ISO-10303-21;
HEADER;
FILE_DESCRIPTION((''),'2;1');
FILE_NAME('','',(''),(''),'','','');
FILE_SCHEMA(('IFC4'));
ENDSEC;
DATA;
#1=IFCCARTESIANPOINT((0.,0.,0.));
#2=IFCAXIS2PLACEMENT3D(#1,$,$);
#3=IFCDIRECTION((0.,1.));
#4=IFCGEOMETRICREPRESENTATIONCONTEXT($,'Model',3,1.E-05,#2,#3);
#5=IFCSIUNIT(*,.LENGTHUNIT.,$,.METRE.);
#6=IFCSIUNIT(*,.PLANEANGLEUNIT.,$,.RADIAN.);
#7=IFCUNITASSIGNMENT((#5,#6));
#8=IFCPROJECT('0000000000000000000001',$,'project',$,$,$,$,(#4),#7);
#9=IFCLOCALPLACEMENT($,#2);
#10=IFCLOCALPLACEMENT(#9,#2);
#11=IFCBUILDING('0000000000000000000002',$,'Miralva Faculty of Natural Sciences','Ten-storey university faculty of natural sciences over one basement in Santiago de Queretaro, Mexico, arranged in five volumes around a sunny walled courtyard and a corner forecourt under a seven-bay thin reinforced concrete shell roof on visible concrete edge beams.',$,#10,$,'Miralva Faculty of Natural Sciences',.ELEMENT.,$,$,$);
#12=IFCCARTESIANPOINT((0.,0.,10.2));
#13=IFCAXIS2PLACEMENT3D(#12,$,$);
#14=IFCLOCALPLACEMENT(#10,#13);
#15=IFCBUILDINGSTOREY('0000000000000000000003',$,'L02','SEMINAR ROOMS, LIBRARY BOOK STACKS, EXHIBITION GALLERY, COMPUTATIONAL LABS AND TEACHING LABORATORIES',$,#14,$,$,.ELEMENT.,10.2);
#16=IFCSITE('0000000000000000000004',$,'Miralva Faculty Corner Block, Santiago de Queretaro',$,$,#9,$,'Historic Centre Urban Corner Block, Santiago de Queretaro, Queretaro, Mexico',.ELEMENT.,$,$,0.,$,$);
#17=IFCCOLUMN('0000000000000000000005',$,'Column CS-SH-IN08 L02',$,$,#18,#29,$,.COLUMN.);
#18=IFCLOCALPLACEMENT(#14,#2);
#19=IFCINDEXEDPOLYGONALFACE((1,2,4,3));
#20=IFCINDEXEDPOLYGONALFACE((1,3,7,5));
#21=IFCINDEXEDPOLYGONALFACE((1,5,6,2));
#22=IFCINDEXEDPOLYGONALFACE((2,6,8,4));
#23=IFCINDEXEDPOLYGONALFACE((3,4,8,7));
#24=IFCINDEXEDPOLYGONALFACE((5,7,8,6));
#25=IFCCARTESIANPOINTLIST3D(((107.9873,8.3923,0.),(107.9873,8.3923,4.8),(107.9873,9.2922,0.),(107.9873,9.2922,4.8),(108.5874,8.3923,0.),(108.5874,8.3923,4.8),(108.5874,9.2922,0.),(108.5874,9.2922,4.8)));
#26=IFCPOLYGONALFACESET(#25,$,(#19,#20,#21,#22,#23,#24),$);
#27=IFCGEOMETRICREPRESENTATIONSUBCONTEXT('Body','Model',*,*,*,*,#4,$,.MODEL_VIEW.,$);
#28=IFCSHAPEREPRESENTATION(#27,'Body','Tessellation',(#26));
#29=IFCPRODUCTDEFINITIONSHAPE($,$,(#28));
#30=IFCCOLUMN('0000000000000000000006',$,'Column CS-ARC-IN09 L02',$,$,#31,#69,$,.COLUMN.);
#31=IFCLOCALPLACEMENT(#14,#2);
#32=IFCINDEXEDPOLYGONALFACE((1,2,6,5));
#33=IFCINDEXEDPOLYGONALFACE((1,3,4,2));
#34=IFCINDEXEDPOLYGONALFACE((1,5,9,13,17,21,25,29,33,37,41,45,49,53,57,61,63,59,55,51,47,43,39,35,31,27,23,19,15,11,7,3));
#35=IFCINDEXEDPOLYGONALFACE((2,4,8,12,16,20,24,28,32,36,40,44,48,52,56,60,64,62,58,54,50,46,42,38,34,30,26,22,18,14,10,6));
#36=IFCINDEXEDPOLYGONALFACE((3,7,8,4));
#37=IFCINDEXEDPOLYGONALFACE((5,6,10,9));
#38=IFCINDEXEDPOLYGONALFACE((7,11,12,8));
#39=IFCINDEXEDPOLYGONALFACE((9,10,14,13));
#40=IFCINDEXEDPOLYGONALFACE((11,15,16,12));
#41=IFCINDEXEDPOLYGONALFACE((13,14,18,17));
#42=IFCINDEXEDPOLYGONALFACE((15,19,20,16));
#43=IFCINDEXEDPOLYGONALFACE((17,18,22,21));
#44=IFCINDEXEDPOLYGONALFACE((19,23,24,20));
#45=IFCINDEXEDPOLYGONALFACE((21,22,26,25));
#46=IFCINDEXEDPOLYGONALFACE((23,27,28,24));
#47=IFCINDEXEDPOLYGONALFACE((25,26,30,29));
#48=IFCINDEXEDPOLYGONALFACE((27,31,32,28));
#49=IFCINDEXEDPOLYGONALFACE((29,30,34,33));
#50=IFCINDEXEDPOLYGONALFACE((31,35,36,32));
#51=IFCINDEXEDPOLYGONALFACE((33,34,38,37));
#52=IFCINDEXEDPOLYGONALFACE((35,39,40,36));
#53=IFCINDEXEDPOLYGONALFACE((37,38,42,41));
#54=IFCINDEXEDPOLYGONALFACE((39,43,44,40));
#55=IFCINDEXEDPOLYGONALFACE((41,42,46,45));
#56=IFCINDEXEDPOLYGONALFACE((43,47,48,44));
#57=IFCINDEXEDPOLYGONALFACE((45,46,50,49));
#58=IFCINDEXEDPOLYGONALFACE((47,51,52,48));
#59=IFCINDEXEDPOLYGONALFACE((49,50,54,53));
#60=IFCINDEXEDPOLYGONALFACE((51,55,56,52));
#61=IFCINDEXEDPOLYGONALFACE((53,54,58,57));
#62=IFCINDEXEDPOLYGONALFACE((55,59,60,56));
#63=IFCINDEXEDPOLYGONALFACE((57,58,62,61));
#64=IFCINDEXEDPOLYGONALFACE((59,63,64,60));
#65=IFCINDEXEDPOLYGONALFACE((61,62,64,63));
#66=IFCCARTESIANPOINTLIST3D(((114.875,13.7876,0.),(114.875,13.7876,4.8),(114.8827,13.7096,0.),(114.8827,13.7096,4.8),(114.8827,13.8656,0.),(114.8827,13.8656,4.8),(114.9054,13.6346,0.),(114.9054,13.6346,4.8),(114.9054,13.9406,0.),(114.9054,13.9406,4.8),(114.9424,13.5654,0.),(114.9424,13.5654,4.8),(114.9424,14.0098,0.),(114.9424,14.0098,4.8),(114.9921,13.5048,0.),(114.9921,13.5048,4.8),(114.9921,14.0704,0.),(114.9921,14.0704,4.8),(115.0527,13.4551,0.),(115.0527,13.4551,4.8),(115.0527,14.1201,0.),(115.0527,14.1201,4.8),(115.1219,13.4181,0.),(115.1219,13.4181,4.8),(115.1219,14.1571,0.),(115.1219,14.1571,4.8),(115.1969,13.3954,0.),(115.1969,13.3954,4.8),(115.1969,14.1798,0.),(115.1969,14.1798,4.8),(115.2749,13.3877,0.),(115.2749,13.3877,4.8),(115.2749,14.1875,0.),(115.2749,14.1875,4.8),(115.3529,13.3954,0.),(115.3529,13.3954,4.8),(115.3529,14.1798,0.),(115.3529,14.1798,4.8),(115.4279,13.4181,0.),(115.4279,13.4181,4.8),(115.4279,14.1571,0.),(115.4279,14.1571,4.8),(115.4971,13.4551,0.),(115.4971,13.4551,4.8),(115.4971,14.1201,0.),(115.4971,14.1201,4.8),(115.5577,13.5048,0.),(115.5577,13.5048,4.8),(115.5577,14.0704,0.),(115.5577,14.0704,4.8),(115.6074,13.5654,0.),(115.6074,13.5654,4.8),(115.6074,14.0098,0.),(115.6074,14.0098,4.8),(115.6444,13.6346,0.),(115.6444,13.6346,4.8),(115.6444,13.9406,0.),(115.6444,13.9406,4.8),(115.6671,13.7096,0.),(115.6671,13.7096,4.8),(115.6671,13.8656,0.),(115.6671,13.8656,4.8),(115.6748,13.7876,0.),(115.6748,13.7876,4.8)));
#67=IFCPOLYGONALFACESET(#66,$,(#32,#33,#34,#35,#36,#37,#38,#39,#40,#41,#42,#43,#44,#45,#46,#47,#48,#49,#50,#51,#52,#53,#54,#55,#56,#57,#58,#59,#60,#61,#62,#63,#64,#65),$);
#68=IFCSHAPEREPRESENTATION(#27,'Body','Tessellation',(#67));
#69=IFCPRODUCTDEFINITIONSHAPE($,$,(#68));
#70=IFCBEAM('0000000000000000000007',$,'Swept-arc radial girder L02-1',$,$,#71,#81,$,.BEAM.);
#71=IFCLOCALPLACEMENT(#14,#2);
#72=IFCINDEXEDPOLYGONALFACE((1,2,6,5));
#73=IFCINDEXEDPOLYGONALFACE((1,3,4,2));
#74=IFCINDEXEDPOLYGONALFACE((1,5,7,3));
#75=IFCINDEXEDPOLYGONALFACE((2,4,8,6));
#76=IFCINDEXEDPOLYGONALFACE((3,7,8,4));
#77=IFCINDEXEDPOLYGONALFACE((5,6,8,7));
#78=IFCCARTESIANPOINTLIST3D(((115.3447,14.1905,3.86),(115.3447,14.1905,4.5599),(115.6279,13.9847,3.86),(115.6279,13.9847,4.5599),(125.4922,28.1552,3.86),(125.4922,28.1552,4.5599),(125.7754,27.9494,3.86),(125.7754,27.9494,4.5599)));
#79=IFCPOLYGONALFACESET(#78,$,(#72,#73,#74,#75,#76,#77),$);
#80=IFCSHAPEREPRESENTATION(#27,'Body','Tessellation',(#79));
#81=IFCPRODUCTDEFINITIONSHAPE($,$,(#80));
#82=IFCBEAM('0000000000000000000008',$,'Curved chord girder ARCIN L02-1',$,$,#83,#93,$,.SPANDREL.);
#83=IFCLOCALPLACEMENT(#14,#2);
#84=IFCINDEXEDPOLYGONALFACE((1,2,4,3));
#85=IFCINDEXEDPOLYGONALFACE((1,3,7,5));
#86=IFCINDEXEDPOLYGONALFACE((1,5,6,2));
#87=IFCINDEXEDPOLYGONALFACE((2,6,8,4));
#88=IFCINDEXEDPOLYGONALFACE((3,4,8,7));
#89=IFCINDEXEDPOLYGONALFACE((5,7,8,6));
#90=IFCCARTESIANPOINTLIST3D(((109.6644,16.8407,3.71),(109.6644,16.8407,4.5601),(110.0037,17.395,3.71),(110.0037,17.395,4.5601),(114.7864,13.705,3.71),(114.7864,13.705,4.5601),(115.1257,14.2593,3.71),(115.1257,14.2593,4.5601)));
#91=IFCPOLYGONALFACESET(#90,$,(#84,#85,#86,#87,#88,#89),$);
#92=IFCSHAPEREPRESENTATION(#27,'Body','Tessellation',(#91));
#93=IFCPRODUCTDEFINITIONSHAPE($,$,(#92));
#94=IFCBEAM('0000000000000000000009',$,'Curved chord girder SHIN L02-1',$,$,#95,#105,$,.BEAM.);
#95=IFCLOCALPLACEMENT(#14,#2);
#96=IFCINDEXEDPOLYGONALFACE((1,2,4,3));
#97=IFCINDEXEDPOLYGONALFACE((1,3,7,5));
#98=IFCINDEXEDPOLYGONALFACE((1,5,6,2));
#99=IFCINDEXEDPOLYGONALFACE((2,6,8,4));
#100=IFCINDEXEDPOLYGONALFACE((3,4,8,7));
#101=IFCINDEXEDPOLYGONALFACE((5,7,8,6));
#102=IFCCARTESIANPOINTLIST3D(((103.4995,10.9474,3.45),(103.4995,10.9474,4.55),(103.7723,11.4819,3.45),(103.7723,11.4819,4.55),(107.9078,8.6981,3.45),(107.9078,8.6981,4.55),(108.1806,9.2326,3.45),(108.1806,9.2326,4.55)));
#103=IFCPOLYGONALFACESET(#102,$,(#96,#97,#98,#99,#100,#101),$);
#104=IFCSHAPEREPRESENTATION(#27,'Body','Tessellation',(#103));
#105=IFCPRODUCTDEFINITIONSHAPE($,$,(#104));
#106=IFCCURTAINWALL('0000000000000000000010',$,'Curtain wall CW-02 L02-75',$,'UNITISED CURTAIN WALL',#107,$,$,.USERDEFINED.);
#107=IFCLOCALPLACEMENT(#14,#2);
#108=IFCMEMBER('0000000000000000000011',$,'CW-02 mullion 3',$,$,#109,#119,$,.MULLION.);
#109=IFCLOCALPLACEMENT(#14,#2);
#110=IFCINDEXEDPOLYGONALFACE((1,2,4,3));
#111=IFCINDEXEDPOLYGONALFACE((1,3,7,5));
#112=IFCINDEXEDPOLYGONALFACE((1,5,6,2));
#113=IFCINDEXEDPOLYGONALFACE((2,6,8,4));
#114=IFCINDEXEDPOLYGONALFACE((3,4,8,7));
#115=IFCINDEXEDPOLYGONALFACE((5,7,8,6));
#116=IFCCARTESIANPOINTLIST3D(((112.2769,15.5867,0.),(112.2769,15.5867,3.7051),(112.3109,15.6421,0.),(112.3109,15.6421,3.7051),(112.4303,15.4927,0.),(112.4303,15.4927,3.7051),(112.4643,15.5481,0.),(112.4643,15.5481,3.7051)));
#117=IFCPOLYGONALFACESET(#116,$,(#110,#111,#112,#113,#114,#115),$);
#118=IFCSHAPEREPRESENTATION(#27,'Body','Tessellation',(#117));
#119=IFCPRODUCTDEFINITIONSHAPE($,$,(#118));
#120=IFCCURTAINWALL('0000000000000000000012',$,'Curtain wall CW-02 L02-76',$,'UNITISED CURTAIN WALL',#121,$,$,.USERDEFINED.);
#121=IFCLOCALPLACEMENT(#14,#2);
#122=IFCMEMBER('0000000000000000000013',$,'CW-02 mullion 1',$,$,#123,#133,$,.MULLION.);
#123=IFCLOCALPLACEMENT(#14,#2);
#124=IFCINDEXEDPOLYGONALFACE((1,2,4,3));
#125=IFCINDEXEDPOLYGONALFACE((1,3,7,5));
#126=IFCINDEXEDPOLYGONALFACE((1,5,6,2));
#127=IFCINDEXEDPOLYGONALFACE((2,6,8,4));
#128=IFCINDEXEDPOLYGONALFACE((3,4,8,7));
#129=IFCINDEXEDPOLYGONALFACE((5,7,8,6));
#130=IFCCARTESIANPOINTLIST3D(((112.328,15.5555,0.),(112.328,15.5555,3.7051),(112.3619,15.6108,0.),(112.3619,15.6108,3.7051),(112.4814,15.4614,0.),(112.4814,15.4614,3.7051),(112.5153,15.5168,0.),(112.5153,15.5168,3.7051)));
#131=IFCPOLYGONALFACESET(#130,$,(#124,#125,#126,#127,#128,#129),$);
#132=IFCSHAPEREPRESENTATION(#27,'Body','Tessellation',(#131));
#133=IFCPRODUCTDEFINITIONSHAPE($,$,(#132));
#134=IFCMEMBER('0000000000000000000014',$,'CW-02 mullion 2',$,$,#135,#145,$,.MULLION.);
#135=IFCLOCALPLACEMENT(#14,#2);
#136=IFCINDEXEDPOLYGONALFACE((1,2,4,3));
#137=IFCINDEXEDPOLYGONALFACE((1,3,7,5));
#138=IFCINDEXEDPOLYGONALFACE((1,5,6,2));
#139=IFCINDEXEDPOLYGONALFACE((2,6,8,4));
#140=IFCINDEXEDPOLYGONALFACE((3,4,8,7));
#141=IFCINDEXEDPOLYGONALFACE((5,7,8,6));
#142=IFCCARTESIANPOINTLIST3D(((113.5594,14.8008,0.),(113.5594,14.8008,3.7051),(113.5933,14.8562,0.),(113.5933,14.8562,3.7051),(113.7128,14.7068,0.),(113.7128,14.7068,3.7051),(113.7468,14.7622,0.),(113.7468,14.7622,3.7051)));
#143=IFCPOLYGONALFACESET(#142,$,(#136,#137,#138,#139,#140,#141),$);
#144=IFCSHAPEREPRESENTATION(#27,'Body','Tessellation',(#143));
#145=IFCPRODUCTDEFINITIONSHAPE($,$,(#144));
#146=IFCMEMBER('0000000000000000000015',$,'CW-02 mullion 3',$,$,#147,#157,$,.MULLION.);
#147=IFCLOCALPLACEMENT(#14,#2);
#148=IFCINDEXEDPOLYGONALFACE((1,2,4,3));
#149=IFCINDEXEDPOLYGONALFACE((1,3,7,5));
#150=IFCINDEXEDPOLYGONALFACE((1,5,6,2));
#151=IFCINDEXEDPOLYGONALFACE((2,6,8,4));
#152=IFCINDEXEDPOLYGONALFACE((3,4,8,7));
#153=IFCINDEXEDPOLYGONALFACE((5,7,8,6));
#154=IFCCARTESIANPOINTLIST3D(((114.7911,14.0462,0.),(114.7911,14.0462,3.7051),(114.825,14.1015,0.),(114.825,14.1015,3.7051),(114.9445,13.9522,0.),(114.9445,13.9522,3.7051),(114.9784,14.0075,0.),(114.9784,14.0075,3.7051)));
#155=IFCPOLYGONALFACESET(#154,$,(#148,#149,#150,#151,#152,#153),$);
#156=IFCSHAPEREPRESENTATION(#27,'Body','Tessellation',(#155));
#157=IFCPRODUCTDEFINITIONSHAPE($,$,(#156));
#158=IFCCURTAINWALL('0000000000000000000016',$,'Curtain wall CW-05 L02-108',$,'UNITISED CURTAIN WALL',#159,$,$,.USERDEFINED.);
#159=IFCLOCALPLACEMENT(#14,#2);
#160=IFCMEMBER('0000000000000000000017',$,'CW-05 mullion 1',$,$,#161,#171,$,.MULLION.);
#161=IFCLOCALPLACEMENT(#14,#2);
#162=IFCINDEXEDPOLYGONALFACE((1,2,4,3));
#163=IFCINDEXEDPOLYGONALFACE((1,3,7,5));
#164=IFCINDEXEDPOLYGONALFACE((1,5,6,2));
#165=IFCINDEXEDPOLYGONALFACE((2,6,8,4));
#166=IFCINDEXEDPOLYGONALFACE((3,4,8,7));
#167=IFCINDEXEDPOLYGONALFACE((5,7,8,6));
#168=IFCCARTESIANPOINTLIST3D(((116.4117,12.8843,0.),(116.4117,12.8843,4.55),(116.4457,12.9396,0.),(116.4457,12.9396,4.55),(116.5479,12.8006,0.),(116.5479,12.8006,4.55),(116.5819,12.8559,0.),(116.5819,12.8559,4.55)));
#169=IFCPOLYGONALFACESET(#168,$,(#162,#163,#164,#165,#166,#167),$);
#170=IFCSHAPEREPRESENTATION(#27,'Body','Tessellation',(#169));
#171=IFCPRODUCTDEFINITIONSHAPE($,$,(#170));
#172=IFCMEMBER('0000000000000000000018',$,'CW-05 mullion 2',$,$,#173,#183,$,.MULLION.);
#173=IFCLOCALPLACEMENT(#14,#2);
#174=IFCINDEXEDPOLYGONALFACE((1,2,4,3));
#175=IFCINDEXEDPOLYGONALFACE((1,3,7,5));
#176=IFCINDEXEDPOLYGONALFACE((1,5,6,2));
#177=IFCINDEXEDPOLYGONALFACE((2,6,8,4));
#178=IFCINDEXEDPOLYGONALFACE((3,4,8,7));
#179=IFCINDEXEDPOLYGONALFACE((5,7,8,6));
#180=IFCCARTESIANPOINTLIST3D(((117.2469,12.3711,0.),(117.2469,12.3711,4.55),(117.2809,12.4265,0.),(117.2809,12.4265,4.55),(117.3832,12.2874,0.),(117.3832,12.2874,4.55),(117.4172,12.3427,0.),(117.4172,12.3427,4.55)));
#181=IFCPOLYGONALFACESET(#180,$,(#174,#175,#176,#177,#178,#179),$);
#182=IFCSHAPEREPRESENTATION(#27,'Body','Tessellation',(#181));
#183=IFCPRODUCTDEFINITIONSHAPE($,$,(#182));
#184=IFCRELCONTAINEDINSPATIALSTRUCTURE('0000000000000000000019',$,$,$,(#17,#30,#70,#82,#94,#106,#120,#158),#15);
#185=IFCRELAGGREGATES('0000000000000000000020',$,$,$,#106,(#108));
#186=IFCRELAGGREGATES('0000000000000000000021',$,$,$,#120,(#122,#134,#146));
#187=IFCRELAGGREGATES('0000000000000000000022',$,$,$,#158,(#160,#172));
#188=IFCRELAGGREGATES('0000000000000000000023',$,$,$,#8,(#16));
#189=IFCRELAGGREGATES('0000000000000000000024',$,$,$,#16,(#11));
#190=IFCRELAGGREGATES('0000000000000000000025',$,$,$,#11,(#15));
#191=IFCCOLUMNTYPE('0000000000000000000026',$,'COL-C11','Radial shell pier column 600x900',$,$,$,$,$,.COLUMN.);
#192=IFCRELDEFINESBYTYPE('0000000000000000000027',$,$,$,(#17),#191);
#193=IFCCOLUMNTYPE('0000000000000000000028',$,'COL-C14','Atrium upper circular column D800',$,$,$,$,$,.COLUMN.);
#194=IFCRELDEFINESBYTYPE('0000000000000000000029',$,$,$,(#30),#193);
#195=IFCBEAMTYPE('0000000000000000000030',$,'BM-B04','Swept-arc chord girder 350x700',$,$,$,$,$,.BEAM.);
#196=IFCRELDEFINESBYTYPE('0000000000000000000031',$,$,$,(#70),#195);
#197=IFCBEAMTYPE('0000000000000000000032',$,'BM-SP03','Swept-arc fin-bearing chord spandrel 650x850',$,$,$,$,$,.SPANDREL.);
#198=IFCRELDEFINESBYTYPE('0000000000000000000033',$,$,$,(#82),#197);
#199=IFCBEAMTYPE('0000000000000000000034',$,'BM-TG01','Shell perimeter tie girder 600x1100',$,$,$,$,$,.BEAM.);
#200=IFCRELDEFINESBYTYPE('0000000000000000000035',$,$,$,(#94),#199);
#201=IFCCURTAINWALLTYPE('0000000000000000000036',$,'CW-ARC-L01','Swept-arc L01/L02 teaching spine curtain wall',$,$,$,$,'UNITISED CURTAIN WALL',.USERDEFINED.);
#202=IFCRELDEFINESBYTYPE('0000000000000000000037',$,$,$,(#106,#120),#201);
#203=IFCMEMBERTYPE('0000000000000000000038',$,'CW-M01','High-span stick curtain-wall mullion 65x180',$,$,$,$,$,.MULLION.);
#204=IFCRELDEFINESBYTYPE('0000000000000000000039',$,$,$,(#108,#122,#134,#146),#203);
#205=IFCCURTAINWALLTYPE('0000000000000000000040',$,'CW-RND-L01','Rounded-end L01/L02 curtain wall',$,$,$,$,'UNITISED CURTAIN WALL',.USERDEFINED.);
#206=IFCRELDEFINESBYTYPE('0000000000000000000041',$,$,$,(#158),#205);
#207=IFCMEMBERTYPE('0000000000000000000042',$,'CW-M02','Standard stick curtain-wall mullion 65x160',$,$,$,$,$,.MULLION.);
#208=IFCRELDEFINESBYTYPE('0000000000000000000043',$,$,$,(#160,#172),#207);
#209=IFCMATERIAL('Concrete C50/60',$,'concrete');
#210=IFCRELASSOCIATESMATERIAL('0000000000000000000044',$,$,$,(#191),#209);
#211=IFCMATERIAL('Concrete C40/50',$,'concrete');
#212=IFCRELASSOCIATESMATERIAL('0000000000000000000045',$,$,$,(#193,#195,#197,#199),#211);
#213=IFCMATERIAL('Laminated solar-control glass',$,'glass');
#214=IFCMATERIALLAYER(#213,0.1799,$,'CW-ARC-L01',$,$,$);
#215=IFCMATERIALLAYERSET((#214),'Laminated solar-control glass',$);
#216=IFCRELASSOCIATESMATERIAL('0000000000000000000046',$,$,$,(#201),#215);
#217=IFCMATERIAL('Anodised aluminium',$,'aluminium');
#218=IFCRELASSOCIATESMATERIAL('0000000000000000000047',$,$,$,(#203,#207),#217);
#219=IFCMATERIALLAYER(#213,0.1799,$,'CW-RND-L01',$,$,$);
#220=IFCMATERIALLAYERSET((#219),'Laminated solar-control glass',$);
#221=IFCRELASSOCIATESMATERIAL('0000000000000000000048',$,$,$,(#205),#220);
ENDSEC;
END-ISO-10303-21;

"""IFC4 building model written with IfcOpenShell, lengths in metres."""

from ifc_helpers import new_model, si_unit, direction, frame, origin, origin_2d, place, context, subcontext, project, spatial, rectangle, circle, extrude, material, layer, layer_set, material_profile, profile_set, type_object, element, aggregate, save


model = new_model("IFC4")

# Units and contexts
model_context = context("Model", 3, precision=1e-05, world=origin(), true_north=direction((0.0, 1.0)))
body_context = subcontext(model_context, "Body", "Model", "MODEL_VIEW")
ifc_project = project(units=[si_unit("LENGTHUNIT", "METRE"), si_unit("PLANEANGLEUNIT", "RADIAN")], contexts=[model_context])

# Site, building, storey
site_placement = place(None, origin())
site = spatial("IfcSite", under=ifc_project, at=site_placement, Name="Miralva Faculty Corner Block, Santiago de Queretaro", LongName="Historic Centre Urban Corner Block, Santiago de Queretaro, Queretaro, Mexico", CompositionType="ELEMENT", RefElevation=0.0)
building_placement = place(site_placement, origin())
building = spatial("IfcBuilding", under=site, at=building_placement, Name="Miralva Faculty of Natural Sciences", Description="Ten-storey university faculty of natural sciences over one basement in Santiago de Queretaro, Mexico, arranged in five volumes around a sunny walled courtyard and a corner forecourt under a seven-bay thin reinforced concrete shell roof on visible concrete edge beams.", LongName="Miralva Faculty of Natural Sciences", CompositionType="ELEMENT")
storey_placement = place(building_placement, frame((0.0, 0.0, 10.2)))
storey = spatial("IfcBuildingStorey", under=building, at=storey_placement, Name="L02", Description="SEMINAR ROOMS, LIBRARY BOOK STACKS, EXHIBITION GALLERY, COMPUTATIONAL LABS AND TEACHING LABORATORIES", CompositionType="ELEMENT", Elevation=10.2)

# Columns
ifc_material_1 = material(Name="Concrete C50/60", Category="concrete")
ifc_material_profile_1 = material_profile(ifc_material_1, rectangle(XDim=0.6001, YDim=0.8999, at=origin_2d()), Name="RC 600x900")
ifc_profile_set_1 = profile_set([ifc_material_profile_1], Name="Concrete C50/60")
column_type_1 = type_object("IfcColumnType", Name="COL-C11", Description="Radial shell pier column 600x900", PredefinedType="COLUMN", material=ifc_profile_set_1)
column_1_placement = place(storey_placement, frame((108.2874, 8.8423, 0.0), z_axis=(0.0, 0.0, 1.0), x_axis=(1.0, 0.0, 0.0)))
element("IfcColumn", 1, at=column_1_placement, inside=storey, type_object=column_type_1, Name="Column CS-SH-IN08 L02", PredefinedType="COLUMN", context=body_context, shape_type="SweptSolid", body=[
    extrude(rectangle(XDim=0.6001, YDim=0.8999, at=origin_2d()), origin(), (0.0, 0.0, 1.0), 4.8),
])
ifc_material_2 = material(Name="Concrete C40/50", Category="concrete")
ifc_material_profile_2 = material_profile(ifc_material_2, circle(Radius=0.3999, at=origin_2d()), Name="RC DIA 800")
ifc_profile_set_2 = profile_set([ifc_material_profile_2], Name="Concrete C40/50")
column_type_2 = type_object("IfcColumnType", Name="COL-C14", Description="Atrium upper circular column D800", PredefinedType="COLUMN", material=ifc_profile_set_2)
column_2_placement = place(storey_placement, frame((115.2749, 13.7876, 0.0), z_axis=(0.0, 0.0, 1.0), x_axis=(1.0, 0.0, 0.0)))
element("IfcColumn", 2, at=column_2_placement, inside=storey, type_object=column_type_2, Name="Column CS-ARC-IN09 L02", PredefinedType="COLUMN", context=body_context, shape_type="SweptSolid", body=[
    extrude(circle(Radius=0.3999, at=origin_2d()), origin(), (0.0, 0.0, 1.0), 4.8),
])

# Beams
ifc_material_profile_3 = material_profile(ifc_material_2, rectangle(XDim=0.3501, YDim=0.7, at=origin_2d()), Name="RC 350x700")
ifc_profile_set_3 = profile_set([ifc_material_profile_3], Name="Concrete C40/50")
beam_type_1 = type_object("IfcBeamType", Name="BM-B04", Description="Swept-arc chord girder 350x700", PredefinedType="BEAM", material=ifc_profile_set_3)
beam_1_placement = place(storey_placement, frame((115.4863, 14.0876, 4.21), z_axis=(0.587845, 0.808973, 0.0), x_axis=(-0.808973, 0.587845, 0.0)))
element("IfcBeam", 3, at=beam_1_placement, inside=storey, type_object=beam_type_1, Name="Swept-arc radial girder L02-1", PredefinedType="BEAM", context=body_context, shape_type="SweptSolid", body=[
    extrude(rectangle(XDim=0.3501, YDim=0.7, at=origin_2d()), origin(), (0.0, 0.0, 1.0), 17.2622),
])
ifc_material_profile_4 = material_profile(ifc_material_2, rectangle(XDim=0.6499, YDim=0.8501, at=origin_2d()), Name="RC 650x850")
ifc_profile_set_4 = profile_set([ifc_material_profile_4], Name="Concrete C40/50")
beam_type_2 = type_object("IfcBeamType", Name="BM-SP03", Description="Swept-arc fin-bearing chord spandrel 650x850", PredefinedType="SPANDREL", material=ifc_profile_set_4)
beam_2_placement = place(storey_placement, frame((114.9561, 13.9822, 4.135), z_axis=(-0.852868, 0.522127, 0.0), x_axis=(-0.522127, -0.852868, 0.0)))
element("IfcBeam", 4, at=beam_2_placement, inside=storey, type_object=beam_type_2, Name="Curved chord girder ARCIN L02-1", PredefinedType="SPANDREL", context=body_context, shape_type="SweptSolid", body=[
    extrude(rectangle(XDim=0.6499, YDim=0.8501, at=origin_2d()), origin(), (0.0, 0.0, 1.0), 6.0056),
])
ifc_material_profile_5 = material_profile(ifc_material_2, rectangle(XDim=0.6001, YDim=1.1001, at=origin_2d()), Name="RC 600x1100")
ifc_profile_set_5 = profile_set([ifc_material_profile_5], Name="Concrete C40/50")
beam_type_3 = type_object("IfcBeamType", Name="BM-TG01", Description="Shell perimeter tie girder 600x1100", PredefinedType="BEAM", material=ifc_profile_set_5)
beam_3_placement = place(storey_placement, frame((108.0442, 8.9653, 4.0), z_axis=(-0.890747, 0.4545, 0.0), x_axis=(-0.4545, -0.890747, 0.0)))
element("IfcBeam", 5, at=beam_3_placement, inside=storey, type_object=beam_type_3, Name="Curved chord girder SHIN L02-1", PredefinedType="BEAM", context=body_context, shape_type="SweptSolid", body=[
    extrude(rectangle(XDim=0.6001, YDim=1.1001, at=origin_2d()), origin(), (0.0, 0.0, 1.0), 4.949),
])

# Curtain wall, member
ifc_material_3 = material(Name="Laminated solar-control glass", Category="glass")
ifc_layer_1 = layer(ifc_material_3, 0.1799, Name="CW-ARC-L01")
ifc_layer_set_1 = layer_set([ifc_layer_1], Name="Laminated solar-control glass")
curtain_wall_type_1 = type_object("IfcCurtainWallType", Name="CW-ARC-L01", Description="Swept-arc L01/L02 teaching spine curtain wall", ElementType="UNITISED CURTAIN WALL", PredefinedType="USERDEFINED", material=ifc_layer_set_1)
curtain_wall_1_placement = place(storey_placement, origin())
curtain_wall_1 = element("IfcCurtainWall", 6, at=curtain_wall_1_placement, inside=storey, type_object=curtain_wall_type_1, Name="Curtain wall CW-02 L02-75", ObjectType="UNITISED CURTAIN WALL", PredefinedType="USERDEFINED")
ifc_material_4 = material(Name="Anodised aluminium", Category="aluminium")
ifc_material_profile_6 = material_profile(ifc_material_4, rectangle(XDim=0.0649, YDim=0.1799, at=origin_2d()), Name="MULLION 65x180")
ifc_profile_set_6 = profile_set([ifc_material_profile_6], Name="Anodised aluminium")
member_type_1 = type_object("IfcMemberType", Name="CW-M01", Description="High-span stick curtain-wall mullion 65x180", PredefinedType="MULLION", material=ifc_profile_set_6)
member_1_placement = place(storey_placement, frame((112.3706, 15.5674, 0.0), z_axis=(0.0, 0.0, 1.0), x_axis=(0.522483, 0.85265, 0.0)))
member_1 = element("IfcMember", 7, at=member_1_placement, type_object=member_type_1, Name="CW-02 mullion 3", PredefinedType="MULLION", context=body_context, shape_type="SweptSolid", body=[
    extrude(rectangle(XDim=0.0649, YDim=0.1799, at=origin_2d()), origin(), (0.0, 0.0, 1.0), 3.7051),
])

# Curtain walls, members
curtain_wall_2_placement = place(storey_placement, origin())
curtain_wall_2 = element("IfcCurtainWall", 8, at=curtain_wall_2_placement, inside=storey, type_object=curtain_wall_type_1, Name="Curtain wall CW-02 L02-76", ObjectType="UNITISED CURTAIN WALL", PredefinedType="USERDEFINED")
member_2_placement = place(storey_placement, frame((112.4216, 15.5361, 0.0), z_axis=(0.0, 0.0, 1.0), x_axis=(0.522489, 0.852646, 0.0)))
member_2 = element("IfcMember", 9, at=member_2_placement, type_object=member_type_1, Name="CW-02 mullion 1", PredefinedType="MULLION", context=body_context, shape_type="SweptSolid", body=[
    extrude(rectangle(XDim=0.0649, YDim=0.1799, at=origin_2d()), origin(), (0.0, 0.0, 1.0), 3.7051),
])
member_3_placement = place(storey_placement, frame((113.6531, 14.7815, 0.0), z_axis=(0.0, 0.0, 1.0), x_axis=(0.522489, 0.852646, 0.0)))
member_3 = element("IfcMember", 10, at=member_3_placement, type_object=member_type_1, Name="CW-02 mullion 2", PredefinedType="MULLION", context=body_context, shape_type="SweptSolid", body=[
    extrude(rectangle(XDim=0.0649, YDim=0.1799, at=origin_2d()), origin(), (0.0, 0.0, 1.0), 3.7051),
])
member_4_placement = place(storey_placement, frame((114.8848, 14.0269, 0.0), z_axis=(0.0, 0.0, 1.0), x_axis=(0.522489, 0.852646, 0.0)))
member_4 = element("IfcMember", 11, at=member_4_placement, type_object=member_type_1, Name="CW-02 mullion 3", PredefinedType="MULLION", context=body_context, shape_type="SweptSolid", body=[
    extrude(rectangle(XDim=0.0649, YDim=0.1799, at=origin_2d()), origin(), (0.0, 0.0, 1.0), 3.7051),
])
ifc_layer_2 = layer(ifc_material_3, 0.1799, Name="CW-RND-L01")
ifc_layer_set_2 = layer_set([ifc_layer_2], Name="Laminated solar-control glass")
curtain_wall_type_2 = type_object("IfcCurtainWallType", Name="CW-RND-L01", Description="Rounded-end L01/L02 curtain wall", ElementType="UNITISED CURTAIN WALL", PredefinedType="USERDEFINED", material=ifc_layer_set_2)
curtain_wall_3_placement = place(storey_placement, origin())
curtain_wall_3 = element("IfcCurtainWall", 12, at=curtain_wall_3_placement, inside=storey, type_object=curtain_wall_type_2, Name="Curtain wall CW-05 L02-108", ObjectType="UNITISED CURTAIN WALL", PredefinedType="USERDEFINED")
ifc_material_profile_7 = material_profile(ifc_material_4, rectangle(XDim=0.0649, YDim=0.1599, at=origin_2d()), Name="MULLION 65x160")
ifc_profile_set_7 = profile_set([ifc_material_profile_7], Name="Anodised aluminium")
member_type_2 = type_object("IfcMemberType", Name="CW-M02", Description="Standard stick curtain-wall mullion 65x160", PredefinedType="MULLION", material=ifc_profile_set_7)
member_5_placement = place(storey_placement, frame((116.4968, 12.8701, 0.0), z_axis=(0.0, 0.0, 1.0), x_axis=(0.523535, 0.852004, 0.0)))
member_5 = element("IfcMember", 13, at=member_5_placement, type_object=member_type_2, Name="CW-05 mullion 1", PredefinedType="MULLION", context=body_context, shape_type="SweptSolid", body=[
    extrude(rectangle(XDim=0.0649, YDim=0.1599, at=origin_2d()), origin(), (0.0, 0.0, 1.0), 4.55),
])
member_6_placement = place(storey_placement, frame((117.332, 12.3569, 0.0), z_axis=(0.0, 0.0, 1.0), x_axis=(0.523535, 0.852004, 0.0)))
member_6 = element("IfcMember", 14, at=member_6_placement, type_object=member_type_2, Name="CW-05 mullion 2", PredefinedType="MULLION", context=body_context, shape_type="SweptSolid", body=[
    extrude(rectangle(XDim=0.0649, YDim=0.1599, at=origin_2d()), origin(), (0.0, 0.0, 1.0), 4.55),
])

aggregate(curtain_wall_1, [member_1])
aggregate(curtain_wall_2, [member_2, member_3, member_4])
aggregate(curtain_wall_3, [member_5, member_6])

save(model, "model.ifc")
